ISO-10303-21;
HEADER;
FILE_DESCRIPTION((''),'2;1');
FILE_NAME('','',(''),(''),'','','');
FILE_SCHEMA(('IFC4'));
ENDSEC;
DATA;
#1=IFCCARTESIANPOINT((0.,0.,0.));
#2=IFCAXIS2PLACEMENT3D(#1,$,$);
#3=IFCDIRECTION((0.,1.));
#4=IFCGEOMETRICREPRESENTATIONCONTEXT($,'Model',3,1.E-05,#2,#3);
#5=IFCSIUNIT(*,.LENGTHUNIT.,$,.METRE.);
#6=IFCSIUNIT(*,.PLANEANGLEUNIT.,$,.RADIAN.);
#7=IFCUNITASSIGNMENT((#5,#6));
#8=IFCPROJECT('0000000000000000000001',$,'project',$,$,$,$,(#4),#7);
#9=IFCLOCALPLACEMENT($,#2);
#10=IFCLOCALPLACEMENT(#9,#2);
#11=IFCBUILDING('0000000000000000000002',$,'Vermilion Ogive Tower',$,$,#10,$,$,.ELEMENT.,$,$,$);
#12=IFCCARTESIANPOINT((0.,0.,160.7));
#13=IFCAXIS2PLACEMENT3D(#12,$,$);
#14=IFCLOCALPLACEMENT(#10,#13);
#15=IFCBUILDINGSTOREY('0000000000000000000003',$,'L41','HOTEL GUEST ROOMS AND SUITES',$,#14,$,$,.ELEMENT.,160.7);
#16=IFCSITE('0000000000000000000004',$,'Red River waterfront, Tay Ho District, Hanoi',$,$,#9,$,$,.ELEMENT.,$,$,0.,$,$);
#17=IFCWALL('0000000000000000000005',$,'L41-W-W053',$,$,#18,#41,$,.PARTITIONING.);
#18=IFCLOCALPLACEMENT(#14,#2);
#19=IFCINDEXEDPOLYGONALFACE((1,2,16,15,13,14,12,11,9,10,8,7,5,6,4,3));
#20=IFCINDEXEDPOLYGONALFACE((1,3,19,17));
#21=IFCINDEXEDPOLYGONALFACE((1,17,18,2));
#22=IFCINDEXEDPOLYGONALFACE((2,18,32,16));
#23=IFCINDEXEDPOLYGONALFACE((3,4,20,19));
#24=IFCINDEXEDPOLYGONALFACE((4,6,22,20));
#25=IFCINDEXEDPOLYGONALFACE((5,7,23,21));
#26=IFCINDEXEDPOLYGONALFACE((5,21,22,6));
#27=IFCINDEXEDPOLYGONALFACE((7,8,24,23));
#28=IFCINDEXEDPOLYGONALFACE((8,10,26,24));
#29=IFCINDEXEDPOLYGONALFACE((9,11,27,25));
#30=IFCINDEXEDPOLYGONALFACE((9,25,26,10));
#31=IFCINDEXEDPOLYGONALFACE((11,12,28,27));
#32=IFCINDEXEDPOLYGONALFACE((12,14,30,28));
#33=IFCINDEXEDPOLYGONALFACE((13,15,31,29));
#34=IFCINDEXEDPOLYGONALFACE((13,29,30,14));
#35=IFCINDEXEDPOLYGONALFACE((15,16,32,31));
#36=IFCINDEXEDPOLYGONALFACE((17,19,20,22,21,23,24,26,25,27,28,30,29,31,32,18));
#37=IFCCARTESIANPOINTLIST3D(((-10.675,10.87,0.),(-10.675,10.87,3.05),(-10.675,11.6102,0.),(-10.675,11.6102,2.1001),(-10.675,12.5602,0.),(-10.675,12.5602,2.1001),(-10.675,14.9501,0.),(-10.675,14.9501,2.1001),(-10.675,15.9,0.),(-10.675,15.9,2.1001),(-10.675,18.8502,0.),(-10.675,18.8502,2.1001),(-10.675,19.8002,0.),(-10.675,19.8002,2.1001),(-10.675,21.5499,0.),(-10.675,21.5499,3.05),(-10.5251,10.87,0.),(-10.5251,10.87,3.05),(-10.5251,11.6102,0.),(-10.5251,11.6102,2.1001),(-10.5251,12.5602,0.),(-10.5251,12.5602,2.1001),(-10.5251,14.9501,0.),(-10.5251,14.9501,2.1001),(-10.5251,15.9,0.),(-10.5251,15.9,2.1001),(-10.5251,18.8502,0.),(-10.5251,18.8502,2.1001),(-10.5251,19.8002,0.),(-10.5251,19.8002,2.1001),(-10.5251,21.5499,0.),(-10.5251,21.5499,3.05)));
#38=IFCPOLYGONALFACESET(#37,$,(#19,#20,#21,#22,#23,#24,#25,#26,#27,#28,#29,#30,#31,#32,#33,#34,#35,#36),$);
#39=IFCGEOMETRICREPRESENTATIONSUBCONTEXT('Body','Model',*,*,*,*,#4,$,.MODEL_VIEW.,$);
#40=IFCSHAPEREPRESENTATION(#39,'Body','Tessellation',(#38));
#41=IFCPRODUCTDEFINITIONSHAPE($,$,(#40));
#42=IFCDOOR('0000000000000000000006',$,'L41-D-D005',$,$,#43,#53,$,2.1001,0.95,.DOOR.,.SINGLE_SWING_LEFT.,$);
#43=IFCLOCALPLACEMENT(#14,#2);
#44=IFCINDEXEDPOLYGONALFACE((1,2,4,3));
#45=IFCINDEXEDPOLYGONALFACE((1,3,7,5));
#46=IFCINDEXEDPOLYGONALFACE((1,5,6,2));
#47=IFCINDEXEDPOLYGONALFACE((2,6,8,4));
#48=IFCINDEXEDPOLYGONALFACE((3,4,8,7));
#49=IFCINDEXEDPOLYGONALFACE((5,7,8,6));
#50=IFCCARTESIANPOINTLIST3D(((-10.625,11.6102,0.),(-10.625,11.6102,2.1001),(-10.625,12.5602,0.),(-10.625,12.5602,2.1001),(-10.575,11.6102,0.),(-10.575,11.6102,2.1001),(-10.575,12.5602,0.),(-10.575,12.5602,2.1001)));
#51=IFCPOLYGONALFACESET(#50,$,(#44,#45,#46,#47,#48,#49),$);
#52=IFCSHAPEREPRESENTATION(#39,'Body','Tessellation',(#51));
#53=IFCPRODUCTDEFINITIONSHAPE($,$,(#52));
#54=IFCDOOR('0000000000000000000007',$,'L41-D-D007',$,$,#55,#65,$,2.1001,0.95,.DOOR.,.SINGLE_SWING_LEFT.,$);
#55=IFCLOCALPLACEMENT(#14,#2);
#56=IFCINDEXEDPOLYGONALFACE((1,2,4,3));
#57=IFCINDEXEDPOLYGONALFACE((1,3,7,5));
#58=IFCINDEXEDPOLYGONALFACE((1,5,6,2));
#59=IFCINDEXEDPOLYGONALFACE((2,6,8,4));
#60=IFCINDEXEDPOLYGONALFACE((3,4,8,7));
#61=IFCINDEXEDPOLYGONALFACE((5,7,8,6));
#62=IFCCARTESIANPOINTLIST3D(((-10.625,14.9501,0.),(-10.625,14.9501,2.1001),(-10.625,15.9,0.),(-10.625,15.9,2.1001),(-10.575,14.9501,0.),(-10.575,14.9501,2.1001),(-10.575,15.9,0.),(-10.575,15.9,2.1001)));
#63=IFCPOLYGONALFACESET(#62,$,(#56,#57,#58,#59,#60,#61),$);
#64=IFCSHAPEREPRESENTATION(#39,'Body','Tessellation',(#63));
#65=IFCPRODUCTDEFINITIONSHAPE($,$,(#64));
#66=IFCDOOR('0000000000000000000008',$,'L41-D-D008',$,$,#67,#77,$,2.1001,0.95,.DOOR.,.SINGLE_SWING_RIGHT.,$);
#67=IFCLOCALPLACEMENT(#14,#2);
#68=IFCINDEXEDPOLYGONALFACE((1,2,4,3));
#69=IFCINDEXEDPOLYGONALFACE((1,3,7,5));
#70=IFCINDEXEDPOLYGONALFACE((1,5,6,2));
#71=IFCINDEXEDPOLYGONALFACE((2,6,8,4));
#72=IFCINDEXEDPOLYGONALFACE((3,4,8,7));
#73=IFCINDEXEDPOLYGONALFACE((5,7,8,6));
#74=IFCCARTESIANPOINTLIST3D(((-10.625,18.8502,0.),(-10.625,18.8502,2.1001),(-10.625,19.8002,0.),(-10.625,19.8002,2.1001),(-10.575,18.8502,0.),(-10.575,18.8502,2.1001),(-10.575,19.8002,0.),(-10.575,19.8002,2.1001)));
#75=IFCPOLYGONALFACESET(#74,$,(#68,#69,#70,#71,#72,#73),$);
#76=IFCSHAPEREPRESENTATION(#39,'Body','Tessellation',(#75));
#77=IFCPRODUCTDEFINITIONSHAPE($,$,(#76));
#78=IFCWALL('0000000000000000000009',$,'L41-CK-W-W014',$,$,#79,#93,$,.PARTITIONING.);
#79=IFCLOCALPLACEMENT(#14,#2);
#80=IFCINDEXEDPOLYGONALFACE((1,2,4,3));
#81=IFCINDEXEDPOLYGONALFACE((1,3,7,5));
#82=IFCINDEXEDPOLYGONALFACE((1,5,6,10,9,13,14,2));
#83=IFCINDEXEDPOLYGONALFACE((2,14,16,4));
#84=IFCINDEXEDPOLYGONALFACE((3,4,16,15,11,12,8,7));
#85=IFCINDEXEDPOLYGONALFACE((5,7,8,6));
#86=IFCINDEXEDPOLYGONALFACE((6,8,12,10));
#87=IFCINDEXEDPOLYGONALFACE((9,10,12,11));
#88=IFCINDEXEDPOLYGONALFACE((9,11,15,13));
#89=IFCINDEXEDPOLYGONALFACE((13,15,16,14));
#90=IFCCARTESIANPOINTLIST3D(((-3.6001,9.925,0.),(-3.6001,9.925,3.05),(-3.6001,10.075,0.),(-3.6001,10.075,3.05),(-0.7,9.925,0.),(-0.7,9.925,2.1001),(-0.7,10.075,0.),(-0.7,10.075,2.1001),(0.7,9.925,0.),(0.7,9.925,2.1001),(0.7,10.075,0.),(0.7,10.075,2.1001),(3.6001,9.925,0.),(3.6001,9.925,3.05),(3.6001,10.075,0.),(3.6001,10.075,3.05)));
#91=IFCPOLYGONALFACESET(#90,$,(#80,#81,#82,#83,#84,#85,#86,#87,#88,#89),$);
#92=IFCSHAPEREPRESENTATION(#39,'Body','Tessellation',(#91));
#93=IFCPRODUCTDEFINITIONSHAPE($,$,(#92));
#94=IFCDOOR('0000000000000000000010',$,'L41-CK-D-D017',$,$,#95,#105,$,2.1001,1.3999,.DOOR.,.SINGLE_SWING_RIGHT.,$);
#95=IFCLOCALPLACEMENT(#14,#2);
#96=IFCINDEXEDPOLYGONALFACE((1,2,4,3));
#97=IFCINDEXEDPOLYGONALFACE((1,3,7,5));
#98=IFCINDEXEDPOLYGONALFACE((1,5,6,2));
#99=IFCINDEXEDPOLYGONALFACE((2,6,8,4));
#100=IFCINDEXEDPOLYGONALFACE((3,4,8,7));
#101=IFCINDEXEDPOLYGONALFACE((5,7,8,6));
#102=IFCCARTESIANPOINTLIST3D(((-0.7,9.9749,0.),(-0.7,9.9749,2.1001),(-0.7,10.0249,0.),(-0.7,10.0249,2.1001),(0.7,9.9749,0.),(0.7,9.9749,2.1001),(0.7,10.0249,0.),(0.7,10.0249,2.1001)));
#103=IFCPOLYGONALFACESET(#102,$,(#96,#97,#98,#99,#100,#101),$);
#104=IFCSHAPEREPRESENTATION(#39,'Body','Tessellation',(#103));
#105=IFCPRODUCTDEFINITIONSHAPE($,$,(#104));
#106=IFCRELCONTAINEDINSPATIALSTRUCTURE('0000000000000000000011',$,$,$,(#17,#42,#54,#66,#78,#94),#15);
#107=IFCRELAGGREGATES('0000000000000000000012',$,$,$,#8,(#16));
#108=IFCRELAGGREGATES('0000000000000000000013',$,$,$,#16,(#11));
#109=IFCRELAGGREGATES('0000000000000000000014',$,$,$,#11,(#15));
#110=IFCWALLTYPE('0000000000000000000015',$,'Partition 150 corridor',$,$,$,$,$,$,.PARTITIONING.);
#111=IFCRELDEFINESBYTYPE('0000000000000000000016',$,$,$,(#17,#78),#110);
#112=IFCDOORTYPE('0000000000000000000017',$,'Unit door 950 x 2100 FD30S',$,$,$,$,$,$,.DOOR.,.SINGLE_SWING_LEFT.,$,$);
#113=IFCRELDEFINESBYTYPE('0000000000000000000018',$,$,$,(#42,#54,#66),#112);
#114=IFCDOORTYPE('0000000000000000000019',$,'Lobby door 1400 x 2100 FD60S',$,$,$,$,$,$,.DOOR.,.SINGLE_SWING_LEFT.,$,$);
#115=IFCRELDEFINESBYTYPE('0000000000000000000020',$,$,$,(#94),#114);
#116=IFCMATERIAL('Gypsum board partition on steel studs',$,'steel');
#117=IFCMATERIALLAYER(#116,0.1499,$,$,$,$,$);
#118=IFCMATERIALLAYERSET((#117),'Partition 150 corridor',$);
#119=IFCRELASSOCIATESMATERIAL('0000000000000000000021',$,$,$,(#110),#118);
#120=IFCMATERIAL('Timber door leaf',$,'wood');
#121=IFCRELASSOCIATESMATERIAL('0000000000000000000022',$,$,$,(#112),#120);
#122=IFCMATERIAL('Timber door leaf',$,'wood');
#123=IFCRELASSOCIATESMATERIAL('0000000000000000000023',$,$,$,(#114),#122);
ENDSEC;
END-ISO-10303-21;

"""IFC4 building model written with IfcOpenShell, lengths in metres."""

from ifc_helpers import new_model, si_unit, direction, frame, frame_2d, origin, place, context, subcontext, project, spatial, rectangle, extrude, material, layer, layer_set, type_object, element, fill, save


model = new_model("IFC4")

# Units and contexts
model_context = context("Model", 3, precision=1e-05, world=origin(), true_north=direction((0.0, 1.0)))
body_context = subcontext(model_context, "Body", "Model", "MODEL_VIEW")
ifc_project = project(units=[si_unit("LENGTHUNIT", "METRE"), si_unit("PLANEANGLEUNIT", "RADIAN")], contexts=[model_context])

# Site, building, storey
site_placement = place(None, origin())
site = spatial("IfcSite", under=ifc_project, at=site_placement, Name="Red River waterfront, Tay Ho District, Hanoi", CompositionType="ELEMENT", RefElevation=0.0)
building_placement = place(site_placement, origin())
building = spatial("IfcBuilding", under=site, at=building_placement, Name="Vermilion Ogive Tower", CompositionType="ELEMENT")
storey_placement = place(building_placement, frame((0.0, 0.0, 160.7)))
storey = spatial("IfcBuildingStorey", under=building, at=storey_placement, Name="L41", Description="HOTEL GUEST ROOMS AND SUITES", CompositionType="ELEMENT", Elevation=160.7)

# Wall, openings, doors
ifc_material_1 = material(Name="Gypsum board partition on steel studs", Category="steel")
ifc_layer_1 = layer(ifc_material_1, 0.1499)
ifc_layer_set_1 = layer_set([ifc_layer_1], Name="Partition 150 corridor")
wall_type_1 = type_object("IfcWallType", Name="Partition 150 corridor", PredefinedType="PARTITIONING", material=ifc_layer_set_1)
wall_1_placement = place(storey_placement, frame((-10.6001, 10.8701, 0.0), z_axis=(0.0, 0.0, 1.0), x_axis=(0.0, 1.0, 0.0)))
wall_1 = element("IfcWall", 1, at=wall_1_placement, inside=storey, type_object=wall_type_1, Name="L41-W-W053", PredefinedType="PARTITIONING", context=body_context, shape_type="SweptSolid", body=[
    extrude(rectangle(XDim=10.6799, YDim=0.1499, at=frame_2d((5.3398, 0.0))), origin(), (0.0, 0.0, 1.0), 3.05),
])
opening_1_placement = place(wall_1_placement, frame((0.74, 0.0, 0.0)))
opening_1 = element("IfcOpeningElement", 2, at=opening_1_placement, cuts=wall_1, PredefinedType="OPENING", context=body_context, shape_type="SweptSolid", body=[
    extrude(rectangle(XDim=0.95, YDim=2.1001, at=frame_2d((0.4751, 1.05))), frame((0.0, 0.085, 0.0), z_axis=(0.0, -1.0, 0.0), x_axis=(1.0, 0.0, 0.0)), (0.0, 0.0, 1.0), 0.1699),
])
opening_2_placement = place(wall_1_placement, frame((4.0798, 0.0, 0.0)))
opening_2 = element("IfcOpeningElement", 3, at=opening_2_placement, cuts=wall_1, PredefinedType="OPENING", context=body_context, shape_type="SweptSolid", body=[
    extrude(rectangle(XDim=0.95, YDim=2.1001, at=frame_2d((0.4751, 1.05))), frame((0.0, 0.085, 0.0), z_axis=(0.0, -1.0, 0.0), x_axis=(1.0, 0.0, 0.0)), (0.0, 0.0, 1.0), 0.1699),
])
opening_3_placement = place(wall_1_placement, frame((7.98, 0.0, 0.0)))
opening_3 = element("IfcOpeningElement", 4, at=opening_3_placement, cuts=wall_1, PredefinedType="OPENING", context=body_context, shape_type="SweptSolid", body=[
    extrude(rectangle(XDim=0.95, YDim=2.1001, at=frame_2d((0.4751, 1.05))), frame((0.0, 0.085, 0.0), z_axis=(0.0, -1.0, 0.0), x_axis=(1.0, 0.0, 0.0)), (0.0, 0.0, 1.0), 0.1699),
])
ifc_material_2 = material(Name="Timber door leaf", Category="wood")
door_type_1 = type_object("IfcDoorType", Name="Unit door 950 x 2100 FD30S", OperationType="SINGLE_SWING_LEFT", PredefinedType="DOOR", material=ifc_material_2)
door_1_placement = place(opening_1_placement, origin())
door_1 = element("IfcDoor", 5, at=door_1_placement, inside=storey, type_object=door_type_1, Name="L41-D-D005", OperationType="SINGLE_SWING_LEFT", OverallHeight=2.1001, OverallWidth=0.95, PredefinedType="DOOR", context=body_context, shape_type="SweptSolid", body=[
    extrude(rectangle(XDim=0.95, YDim=2.1001, at=frame_2d((0.4751, 1.05))), frame((0.0, 0.0249, 0.0), z_axis=(0.0, -1.0, 0.0), x_axis=(1.0, 0.0, 0.0)), (0.0, 0.0, 1.0), 0.05),
])
fill(opening_1, door_1)
door_2_placement = place(opening_2_placement, origin())
door_2 = element("IfcDoor", 6, at=door_2_placement, inside=storey, type_object=door_type_1, Name="L41-D-D007", OperationType="SINGLE_SWING_LEFT", OverallHeight=2.1001, OverallWidth=0.95, PredefinedType="DOOR", context=body_context, shape_type="SweptSolid", body=[
    extrude(rectangle(XDim=0.95, YDim=2.1001, at=frame_2d((0.4751, 1.05))), frame((0.0, 0.0249, 0.0), z_axis=(0.0, -1.0, 0.0), x_axis=(1.0, 0.0, 0.0)), (0.0, 0.0, 1.0), 0.05),
])
fill(opening_2, door_2)
door_3_placement = place(opening_3_placement, origin())
door_3 = element("IfcDoor", 7, at=door_3_placement, inside=storey, type_object=door_type_1, Name="L41-D-D008", OperationType="SINGLE_SWING_RIGHT", OverallHeight=2.1001, OverallWidth=0.95, PredefinedType="DOOR", context=body_context, shape_type="SweptSolid", body=[
    extrude(rectangle(XDim=0.95, YDim=2.1001, at=frame_2d((0.4751, 1.05))), frame((0.0, 0.0249, 0.0), z_axis=(0.0, -1.0, 0.0), x_axis=(1.0, 0.0, 0.0)), (0.0, 0.0, 1.0), 0.05),
])
fill(opening_3, door_3)

# Wall, opening, door
wall_2_placement = place(storey_placement, frame((-3.6001, 10.0, 0.0), z_axis=(0.0, 0.0, 1.0), x_axis=(1.0, 0.0, 0.0)))
wall_2 = element("IfcWall", 8, at=wall_2_placement, inside=storey, type_object=wall_type_1, Name="L41-CK-W-W014", PredefinedType="PARTITIONING", context=body_context, shape_type="SweptSolid", body=[
    extrude(rectangle(XDim=7.2002, YDim=0.1499, at=frame_2d((3.6001, 0.0))), origin(), (0.0, 0.0, 1.0), 3.05),
])
opening_4_placement = place(wall_2_placement, frame((2.9001, 0.0, 0.0)))
opening_4 = element("IfcOpeningElement", 9, at=opening_4_placement, cuts=wall_2, PredefinedType="OPENING", context=body_context, shape_type="SweptSolid", body=[
    extrude(rectangle(XDim=1.3999, YDim=2.1001, at=frame_2d((0.7, 1.05))), frame((0.0, 0.085, 0.0), z_axis=(0.0, -1.0, 0.0), x_axis=(1.0, 0.0, 0.0)), (0.0, 0.0, 1.0), 0.1699),
])
ifc_material_3 = material(Name="Timber door leaf", Category="wood")
door_type_2 = type_object("IfcDoorType", Name="Lobby door 1400 x 2100 FD60S", OperationType="SINGLE_SWING_LEFT", PredefinedType="DOOR", material=ifc_material_3)
door_4_placement = place(opening_4_placement, origin())
door_4 = element("IfcDoor", 10, at=door_4_placement, inside=storey, type_object=door_type_2, Name="L41-CK-D-D017", OperationType="SINGLE_SWING_RIGHT", OverallHeight=2.1001, OverallWidth=1.3999, PredefinedType="DOOR", context=body_context, shape_type="SweptSolid", body=[
    extrude(rectangle(XDim=1.3999, YDim=2.1001, at=frame_2d((0.7, 1.05))), frame((0.0, 0.0249, 0.0), z_axis=(0.0, -1.0, 0.0), x_axis=(1.0, 0.0, 0.0)), (0.0, 0.0, 1.0), 0.05),
])
fill(opening_4, door_4)

save(model, "model.ifc")
